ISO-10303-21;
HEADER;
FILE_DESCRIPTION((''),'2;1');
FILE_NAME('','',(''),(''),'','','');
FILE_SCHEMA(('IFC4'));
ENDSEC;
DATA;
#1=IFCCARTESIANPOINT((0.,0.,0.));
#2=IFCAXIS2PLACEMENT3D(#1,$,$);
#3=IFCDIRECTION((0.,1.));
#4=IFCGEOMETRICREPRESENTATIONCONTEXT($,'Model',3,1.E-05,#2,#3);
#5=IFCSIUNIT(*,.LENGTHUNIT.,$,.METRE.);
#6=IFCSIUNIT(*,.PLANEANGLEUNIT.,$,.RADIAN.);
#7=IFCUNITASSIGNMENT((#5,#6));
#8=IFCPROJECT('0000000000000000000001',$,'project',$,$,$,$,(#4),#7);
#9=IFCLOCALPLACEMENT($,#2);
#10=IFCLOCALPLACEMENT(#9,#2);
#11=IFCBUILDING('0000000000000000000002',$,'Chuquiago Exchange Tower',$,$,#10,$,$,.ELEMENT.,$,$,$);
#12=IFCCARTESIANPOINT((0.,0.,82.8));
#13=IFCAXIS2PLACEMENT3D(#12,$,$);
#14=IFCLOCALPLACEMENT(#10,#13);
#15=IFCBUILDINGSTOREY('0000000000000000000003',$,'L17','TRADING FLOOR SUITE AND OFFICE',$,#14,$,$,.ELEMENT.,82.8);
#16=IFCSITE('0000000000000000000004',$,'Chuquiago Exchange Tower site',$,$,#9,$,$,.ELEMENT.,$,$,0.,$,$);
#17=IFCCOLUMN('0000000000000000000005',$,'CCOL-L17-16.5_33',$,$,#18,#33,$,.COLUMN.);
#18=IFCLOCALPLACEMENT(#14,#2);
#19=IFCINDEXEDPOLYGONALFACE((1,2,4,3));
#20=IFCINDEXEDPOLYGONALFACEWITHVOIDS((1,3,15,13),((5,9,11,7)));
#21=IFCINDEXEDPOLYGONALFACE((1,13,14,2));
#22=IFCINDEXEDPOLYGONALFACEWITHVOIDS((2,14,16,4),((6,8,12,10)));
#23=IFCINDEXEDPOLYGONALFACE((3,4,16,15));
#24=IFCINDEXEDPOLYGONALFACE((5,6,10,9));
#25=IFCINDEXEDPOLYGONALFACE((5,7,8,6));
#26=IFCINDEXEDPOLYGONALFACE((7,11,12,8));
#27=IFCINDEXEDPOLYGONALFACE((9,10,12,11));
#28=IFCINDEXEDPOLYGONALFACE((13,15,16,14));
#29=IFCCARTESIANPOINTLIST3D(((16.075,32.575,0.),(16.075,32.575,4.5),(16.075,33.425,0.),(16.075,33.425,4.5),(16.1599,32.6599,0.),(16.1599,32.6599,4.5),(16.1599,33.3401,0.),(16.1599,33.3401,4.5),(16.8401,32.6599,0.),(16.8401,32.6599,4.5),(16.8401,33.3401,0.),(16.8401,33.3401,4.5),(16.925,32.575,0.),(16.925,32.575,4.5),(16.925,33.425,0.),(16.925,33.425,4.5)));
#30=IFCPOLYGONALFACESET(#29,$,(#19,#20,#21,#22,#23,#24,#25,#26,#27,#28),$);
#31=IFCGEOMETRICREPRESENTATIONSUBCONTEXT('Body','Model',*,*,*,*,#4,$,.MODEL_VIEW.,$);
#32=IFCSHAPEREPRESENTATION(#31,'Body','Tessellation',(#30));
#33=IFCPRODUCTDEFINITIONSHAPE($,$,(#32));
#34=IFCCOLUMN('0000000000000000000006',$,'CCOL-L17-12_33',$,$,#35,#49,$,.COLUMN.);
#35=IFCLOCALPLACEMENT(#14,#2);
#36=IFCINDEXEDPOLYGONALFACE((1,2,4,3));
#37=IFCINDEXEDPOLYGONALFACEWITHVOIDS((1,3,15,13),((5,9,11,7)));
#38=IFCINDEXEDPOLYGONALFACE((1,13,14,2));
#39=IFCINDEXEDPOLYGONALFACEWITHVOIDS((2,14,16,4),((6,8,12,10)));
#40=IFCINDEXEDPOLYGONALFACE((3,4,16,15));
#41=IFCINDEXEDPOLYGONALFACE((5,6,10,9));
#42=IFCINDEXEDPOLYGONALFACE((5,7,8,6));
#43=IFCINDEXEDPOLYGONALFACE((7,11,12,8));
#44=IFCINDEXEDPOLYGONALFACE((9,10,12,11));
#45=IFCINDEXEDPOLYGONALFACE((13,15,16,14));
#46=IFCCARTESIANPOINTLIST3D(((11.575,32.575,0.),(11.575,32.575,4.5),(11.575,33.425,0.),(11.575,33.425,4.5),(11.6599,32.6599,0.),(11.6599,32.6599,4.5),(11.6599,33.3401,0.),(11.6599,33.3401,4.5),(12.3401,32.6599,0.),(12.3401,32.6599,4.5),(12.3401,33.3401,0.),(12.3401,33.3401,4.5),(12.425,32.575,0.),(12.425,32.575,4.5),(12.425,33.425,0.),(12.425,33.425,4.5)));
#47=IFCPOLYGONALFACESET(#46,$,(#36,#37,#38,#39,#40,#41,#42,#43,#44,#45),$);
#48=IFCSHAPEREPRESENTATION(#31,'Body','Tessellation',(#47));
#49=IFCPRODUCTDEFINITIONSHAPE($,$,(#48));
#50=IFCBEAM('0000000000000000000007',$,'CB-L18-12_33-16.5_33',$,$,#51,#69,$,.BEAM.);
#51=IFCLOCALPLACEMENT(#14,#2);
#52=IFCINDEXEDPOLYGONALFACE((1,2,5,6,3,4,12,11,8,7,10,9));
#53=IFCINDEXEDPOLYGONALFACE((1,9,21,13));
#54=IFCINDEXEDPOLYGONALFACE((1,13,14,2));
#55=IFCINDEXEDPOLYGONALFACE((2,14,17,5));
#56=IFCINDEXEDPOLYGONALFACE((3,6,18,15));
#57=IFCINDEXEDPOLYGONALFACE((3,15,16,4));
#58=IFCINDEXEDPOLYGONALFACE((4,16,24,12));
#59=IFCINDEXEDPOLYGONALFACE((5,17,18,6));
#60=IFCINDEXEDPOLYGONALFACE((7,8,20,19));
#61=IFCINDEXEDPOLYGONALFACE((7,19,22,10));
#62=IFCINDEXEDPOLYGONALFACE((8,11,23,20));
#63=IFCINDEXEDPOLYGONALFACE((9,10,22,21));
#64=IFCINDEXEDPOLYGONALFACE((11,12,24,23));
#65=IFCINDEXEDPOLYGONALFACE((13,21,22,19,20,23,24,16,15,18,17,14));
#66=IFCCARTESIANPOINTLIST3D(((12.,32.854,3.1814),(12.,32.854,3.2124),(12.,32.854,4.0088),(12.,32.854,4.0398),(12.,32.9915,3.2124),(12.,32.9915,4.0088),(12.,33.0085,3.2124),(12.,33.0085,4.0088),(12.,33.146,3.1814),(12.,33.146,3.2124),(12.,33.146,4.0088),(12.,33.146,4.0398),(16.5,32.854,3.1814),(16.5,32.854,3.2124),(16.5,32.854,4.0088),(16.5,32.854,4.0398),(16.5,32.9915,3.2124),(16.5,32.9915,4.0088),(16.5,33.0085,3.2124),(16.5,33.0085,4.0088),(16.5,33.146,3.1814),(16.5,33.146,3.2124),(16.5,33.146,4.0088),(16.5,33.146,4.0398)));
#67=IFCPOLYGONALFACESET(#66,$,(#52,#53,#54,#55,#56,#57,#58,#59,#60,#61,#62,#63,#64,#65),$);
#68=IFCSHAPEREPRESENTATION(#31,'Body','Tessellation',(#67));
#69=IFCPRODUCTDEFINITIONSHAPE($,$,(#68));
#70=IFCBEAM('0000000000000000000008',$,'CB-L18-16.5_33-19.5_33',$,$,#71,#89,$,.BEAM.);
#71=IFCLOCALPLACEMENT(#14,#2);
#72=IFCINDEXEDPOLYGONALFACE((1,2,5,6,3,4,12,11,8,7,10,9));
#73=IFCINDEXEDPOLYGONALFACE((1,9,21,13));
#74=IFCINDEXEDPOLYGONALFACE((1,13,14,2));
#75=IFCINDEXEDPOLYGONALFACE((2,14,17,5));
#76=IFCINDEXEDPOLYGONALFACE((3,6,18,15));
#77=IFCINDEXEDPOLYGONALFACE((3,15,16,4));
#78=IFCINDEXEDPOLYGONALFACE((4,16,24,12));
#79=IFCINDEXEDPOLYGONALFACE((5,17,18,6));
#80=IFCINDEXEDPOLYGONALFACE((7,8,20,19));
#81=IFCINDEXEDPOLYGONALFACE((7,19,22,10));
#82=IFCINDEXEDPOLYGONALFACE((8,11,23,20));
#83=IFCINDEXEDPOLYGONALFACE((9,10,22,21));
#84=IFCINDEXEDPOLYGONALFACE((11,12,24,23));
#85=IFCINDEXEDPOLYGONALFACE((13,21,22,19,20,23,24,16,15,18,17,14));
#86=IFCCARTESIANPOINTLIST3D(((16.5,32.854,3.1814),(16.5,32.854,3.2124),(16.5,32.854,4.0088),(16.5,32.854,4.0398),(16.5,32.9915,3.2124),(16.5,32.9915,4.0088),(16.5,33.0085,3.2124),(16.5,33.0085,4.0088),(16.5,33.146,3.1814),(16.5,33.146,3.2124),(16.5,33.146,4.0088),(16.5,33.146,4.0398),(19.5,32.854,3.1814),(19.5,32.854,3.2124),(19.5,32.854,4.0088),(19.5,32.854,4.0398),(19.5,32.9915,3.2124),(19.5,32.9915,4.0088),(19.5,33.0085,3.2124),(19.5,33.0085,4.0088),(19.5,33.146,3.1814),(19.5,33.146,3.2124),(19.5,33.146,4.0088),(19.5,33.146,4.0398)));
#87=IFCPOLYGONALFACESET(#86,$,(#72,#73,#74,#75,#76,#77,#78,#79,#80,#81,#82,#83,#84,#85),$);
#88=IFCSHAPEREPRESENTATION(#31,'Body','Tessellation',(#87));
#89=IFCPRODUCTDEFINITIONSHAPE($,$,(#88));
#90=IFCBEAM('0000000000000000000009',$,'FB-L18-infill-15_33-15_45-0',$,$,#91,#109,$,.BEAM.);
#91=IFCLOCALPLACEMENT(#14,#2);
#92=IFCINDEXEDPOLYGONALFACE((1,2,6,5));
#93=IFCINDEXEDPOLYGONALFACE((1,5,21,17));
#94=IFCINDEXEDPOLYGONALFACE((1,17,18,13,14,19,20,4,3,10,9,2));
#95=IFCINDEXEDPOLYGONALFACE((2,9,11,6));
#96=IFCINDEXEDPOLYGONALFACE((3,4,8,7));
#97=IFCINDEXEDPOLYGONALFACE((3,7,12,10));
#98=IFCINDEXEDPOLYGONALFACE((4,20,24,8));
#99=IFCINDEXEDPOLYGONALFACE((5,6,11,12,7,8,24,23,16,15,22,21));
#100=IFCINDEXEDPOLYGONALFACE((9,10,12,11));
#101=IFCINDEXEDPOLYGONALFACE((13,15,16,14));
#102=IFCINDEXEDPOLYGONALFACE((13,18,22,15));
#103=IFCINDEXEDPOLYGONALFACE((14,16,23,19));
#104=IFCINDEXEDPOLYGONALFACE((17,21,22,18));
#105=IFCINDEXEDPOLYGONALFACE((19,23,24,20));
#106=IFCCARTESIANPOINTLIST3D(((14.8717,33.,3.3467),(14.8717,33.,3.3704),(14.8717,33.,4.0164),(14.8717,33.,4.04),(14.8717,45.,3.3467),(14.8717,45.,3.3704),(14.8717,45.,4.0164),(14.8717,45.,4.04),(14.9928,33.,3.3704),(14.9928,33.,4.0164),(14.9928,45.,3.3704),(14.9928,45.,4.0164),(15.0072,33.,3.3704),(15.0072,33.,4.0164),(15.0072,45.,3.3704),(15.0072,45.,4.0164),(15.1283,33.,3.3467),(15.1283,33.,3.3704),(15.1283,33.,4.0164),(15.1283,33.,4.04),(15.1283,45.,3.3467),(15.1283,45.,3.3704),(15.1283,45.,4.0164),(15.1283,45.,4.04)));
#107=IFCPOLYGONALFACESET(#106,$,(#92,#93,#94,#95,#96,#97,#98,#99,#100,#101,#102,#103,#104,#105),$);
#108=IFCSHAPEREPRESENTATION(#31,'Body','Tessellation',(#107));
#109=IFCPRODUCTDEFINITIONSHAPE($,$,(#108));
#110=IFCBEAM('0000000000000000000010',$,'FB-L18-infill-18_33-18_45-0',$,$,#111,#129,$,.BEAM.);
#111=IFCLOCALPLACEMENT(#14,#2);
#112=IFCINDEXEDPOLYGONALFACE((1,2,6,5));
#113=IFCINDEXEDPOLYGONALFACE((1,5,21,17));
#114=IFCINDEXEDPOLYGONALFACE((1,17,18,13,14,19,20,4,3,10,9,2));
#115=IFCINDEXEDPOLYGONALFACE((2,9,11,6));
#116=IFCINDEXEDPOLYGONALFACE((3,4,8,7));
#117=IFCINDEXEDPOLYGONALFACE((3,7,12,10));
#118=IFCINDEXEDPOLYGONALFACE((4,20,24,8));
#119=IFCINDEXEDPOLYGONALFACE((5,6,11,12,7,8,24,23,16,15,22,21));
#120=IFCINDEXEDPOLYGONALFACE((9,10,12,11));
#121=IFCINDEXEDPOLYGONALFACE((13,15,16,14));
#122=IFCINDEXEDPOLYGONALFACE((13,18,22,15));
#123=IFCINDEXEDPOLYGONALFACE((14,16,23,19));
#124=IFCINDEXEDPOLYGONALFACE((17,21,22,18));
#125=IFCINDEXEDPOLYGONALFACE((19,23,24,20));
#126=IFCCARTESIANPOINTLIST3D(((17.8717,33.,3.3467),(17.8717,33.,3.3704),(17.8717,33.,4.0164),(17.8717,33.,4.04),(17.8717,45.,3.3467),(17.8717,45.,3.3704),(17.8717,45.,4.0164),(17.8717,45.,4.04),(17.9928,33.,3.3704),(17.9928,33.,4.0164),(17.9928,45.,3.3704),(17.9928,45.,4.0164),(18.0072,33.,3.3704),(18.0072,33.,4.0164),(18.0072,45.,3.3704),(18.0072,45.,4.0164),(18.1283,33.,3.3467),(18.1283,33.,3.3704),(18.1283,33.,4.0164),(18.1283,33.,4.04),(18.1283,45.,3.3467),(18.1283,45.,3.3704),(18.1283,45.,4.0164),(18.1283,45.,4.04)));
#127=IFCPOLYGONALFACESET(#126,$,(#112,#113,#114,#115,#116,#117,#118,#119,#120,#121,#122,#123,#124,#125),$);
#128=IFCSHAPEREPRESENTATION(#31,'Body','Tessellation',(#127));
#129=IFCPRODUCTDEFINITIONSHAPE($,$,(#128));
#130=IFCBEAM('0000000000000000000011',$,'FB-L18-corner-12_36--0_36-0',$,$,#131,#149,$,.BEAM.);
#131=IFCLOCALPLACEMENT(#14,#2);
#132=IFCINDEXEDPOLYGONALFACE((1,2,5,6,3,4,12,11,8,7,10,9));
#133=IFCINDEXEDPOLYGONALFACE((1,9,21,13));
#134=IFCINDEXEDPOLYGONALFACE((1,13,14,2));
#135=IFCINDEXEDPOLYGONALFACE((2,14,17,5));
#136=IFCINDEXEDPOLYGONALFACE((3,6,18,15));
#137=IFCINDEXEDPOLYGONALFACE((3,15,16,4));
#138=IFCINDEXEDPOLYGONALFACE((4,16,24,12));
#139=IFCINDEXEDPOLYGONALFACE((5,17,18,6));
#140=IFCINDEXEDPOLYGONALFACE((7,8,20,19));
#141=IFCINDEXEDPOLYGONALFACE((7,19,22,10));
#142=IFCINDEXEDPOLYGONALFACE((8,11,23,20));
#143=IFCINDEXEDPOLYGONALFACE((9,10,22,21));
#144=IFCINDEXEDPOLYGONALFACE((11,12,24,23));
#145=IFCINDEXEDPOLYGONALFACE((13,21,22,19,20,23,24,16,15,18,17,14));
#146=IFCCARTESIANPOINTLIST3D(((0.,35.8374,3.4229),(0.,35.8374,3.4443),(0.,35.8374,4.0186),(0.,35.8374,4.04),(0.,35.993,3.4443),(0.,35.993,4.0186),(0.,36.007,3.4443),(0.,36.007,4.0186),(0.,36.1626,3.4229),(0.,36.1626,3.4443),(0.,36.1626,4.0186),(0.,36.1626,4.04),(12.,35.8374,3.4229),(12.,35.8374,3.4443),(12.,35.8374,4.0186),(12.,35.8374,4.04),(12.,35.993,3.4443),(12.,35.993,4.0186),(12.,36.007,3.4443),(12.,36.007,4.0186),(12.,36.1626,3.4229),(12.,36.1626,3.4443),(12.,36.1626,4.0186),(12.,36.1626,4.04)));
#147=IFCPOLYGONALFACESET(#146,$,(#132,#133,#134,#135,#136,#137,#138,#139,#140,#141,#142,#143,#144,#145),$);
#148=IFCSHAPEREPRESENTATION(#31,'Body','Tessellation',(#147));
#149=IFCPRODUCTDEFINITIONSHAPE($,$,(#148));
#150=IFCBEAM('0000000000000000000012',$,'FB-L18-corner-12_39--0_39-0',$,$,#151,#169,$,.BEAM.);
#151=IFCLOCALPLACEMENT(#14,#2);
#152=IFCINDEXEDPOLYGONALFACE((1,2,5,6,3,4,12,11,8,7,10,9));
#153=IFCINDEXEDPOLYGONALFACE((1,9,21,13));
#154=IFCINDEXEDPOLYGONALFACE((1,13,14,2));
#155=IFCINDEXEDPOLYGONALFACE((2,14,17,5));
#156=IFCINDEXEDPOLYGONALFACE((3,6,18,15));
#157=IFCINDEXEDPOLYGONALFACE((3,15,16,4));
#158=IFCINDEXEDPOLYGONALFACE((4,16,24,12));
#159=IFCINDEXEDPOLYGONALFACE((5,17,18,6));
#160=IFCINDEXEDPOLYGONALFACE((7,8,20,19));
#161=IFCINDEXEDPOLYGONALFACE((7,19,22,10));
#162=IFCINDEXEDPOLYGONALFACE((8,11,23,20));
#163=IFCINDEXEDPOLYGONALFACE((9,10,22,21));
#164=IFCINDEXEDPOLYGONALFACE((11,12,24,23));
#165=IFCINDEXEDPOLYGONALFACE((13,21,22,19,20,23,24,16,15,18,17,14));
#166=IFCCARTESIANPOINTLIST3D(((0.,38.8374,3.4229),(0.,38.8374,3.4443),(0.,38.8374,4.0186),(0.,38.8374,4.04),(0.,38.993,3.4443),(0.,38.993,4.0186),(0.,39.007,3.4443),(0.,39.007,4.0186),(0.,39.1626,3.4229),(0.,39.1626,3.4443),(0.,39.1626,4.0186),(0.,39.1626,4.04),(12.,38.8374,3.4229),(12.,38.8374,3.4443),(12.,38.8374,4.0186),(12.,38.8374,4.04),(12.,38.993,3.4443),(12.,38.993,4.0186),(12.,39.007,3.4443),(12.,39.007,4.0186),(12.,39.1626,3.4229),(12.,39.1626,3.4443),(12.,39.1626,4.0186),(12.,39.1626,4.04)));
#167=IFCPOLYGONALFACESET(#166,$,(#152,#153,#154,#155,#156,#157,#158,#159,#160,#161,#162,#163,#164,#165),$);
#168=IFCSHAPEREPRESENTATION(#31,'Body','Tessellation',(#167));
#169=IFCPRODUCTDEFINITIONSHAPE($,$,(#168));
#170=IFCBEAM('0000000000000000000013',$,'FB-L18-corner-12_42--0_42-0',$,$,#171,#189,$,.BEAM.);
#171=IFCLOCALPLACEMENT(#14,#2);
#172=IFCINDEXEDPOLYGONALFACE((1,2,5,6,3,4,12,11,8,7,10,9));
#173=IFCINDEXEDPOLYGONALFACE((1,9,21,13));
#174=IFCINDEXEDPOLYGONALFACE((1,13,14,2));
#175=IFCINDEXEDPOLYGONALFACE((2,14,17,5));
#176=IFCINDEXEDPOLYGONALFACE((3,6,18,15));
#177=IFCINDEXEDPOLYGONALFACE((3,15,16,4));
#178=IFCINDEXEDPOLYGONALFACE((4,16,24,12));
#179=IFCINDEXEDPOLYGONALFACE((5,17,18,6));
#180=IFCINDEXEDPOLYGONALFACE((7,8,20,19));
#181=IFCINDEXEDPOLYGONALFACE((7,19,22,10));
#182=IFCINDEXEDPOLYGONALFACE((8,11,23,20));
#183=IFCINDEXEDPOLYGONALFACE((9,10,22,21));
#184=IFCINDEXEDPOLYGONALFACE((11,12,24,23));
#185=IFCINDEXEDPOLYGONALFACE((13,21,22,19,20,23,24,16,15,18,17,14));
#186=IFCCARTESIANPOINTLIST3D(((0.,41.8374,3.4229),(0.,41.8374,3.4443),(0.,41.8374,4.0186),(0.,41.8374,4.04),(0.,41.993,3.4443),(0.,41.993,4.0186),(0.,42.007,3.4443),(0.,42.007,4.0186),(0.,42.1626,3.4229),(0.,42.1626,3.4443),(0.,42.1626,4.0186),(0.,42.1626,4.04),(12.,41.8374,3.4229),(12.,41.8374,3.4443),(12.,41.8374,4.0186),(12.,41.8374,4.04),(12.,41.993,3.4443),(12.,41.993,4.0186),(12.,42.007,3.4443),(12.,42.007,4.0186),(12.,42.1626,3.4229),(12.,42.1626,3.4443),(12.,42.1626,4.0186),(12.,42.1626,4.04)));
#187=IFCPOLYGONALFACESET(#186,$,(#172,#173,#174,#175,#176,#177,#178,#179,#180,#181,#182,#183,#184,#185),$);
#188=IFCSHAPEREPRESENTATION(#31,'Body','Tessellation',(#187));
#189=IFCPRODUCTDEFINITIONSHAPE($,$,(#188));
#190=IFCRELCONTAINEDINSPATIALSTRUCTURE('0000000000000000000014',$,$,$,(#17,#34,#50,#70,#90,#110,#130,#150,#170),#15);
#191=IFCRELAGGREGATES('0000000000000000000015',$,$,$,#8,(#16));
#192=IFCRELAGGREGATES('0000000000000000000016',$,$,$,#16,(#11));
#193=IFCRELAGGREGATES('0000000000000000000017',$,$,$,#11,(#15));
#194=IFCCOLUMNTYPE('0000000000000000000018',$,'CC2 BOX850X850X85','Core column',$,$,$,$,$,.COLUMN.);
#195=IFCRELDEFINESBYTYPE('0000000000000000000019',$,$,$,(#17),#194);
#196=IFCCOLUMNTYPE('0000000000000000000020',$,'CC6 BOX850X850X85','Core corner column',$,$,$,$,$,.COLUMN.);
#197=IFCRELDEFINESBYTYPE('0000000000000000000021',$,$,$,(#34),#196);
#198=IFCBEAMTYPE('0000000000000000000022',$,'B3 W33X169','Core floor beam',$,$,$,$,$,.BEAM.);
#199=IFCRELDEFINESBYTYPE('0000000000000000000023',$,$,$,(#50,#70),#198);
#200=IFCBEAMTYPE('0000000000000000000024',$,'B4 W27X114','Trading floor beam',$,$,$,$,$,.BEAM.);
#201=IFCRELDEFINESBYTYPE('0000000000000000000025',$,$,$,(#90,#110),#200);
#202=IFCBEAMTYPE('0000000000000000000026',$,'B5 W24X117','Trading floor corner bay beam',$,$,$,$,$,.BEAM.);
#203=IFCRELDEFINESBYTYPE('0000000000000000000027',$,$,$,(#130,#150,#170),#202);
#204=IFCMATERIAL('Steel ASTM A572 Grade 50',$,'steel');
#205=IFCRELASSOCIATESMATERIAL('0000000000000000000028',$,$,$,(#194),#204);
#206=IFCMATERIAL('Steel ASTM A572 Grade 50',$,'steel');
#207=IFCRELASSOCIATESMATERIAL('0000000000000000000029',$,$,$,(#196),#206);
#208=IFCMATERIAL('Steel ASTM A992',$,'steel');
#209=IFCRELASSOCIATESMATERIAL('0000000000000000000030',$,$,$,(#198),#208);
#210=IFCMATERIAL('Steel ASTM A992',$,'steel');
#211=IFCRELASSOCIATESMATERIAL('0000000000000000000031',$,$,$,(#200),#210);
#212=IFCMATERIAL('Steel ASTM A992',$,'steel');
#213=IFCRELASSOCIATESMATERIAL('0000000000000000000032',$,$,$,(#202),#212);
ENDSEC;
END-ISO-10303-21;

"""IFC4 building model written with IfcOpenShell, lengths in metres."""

from ifc_helpers import new_model, si_unit, direction, frame, origin, origin_2d, place, context, subcontext, project, spatial, hollow_rectangle, i_section, extrude, material, material_profile, profile_set, type_object, element, save


model = new_model("IFC4")

# Units and contexts
model_context = context("Model", 3, precision=1e-05, world=origin(), true_north=direction((0.0, 1.0)))
body_context = subcontext(model_context, "Body", "Model", "MODEL_VIEW")
ifc_project = project(units=[si_unit("LENGTHUNIT", "METRE"), si_unit("PLANEANGLEUNIT", "RADIAN")], contexts=[model_context])

# Site, building, storey
site_placement = place(None, origin())
site = spatial("IfcSite", under=ifc_project, at=site_placement, Name="Chuquiago Exchange Tower site", CompositionType="ELEMENT", RefElevation=0.0)
building_placement = place(site_placement, origin())
building = spatial("IfcBuilding", under=site, at=building_placement, Name="Chuquiago Exchange Tower", CompositionType="ELEMENT")
storey_placement = place(building_placement, frame((0.0, 0.0, 82.8)))
storey = spatial("IfcBuildingStorey", under=building, at=storey_placement, Name="L17", Description="TRADING FLOOR SUITE AND OFFICE", CompositionType="ELEMENT", Elevation=82.8)

# Columns
ifc_material_1 = material(Name="Steel ASTM A572 Grade 50", Category="steel")
ifc_material_profile_1 = material_profile(ifc_material_1, hollow_rectangle(XDim=0.8501, YDim=0.8501, WallThickness=0.085, at=origin_2d()), Name="BOX850X850X85")
ifc_profile_set_1 = profile_set([ifc_material_profile_1], Name="Steel ASTM A572 Grade 50")
column_type_1 = type_object("IfcColumnType", Name="CC2 BOX850X850X85", Description="Core column", PredefinedType="COLUMN", material=ifc_profile_set_1)
column_1_placement = place(storey_placement, frame((16.5, 33.0, 0.0), z_axis=(0.0, 0.0, 1.0), x_axis=(1.0, 0.0, 0.0)))
element("IfcColumn", 1, at=column_1_placement, inside=storey, type_object=column_type_1, Name="CCOL-L17-16.5_33", PredefinedType="COLUMN", context=body_context, shape_type="SweptSolid", body=[
    extrude(hollow_rectangle(XDim=0.8501, YDim=0.8501, WallThickness=0.085, at=origin_2d()), origin(), (0.0, 0.0, 1.0), 4.5),
])
ifc_material_2 = material(Name="Steel ASTM A572 Grade 50", Category="steel")
ifc_material_profile_2 = material_profile(ifc_material_2, hollow_rectangle(XDim=0.8501, YDim=0.8501, WallThickness=0.085, at=origin_2d()), Name="BOX850X850X85")
ifc_profile_set_2 = profile_set([ifc_material_profile_2], Name="Steel ASTM A572 Grade 50")
column_type_2 = type_object("IfcColumnType", Name="CC6 BOX850X850X85", Description="Core corner column", PredefinedType="COLUMN", material=ifc_profile_set_2)
column_2_placement = place(storey_placement, frame((12.0, 33.0, 0.0), z_axis=(0.0, 0.0, 1.0), x_axis=(1.0, 0.0, 0.0)))
element("IfcColumn", 2, at=column_2_placement, inside=storey, type_object=column_type_2, Name="CCOL-L17-12_33", PredefinedType="COLUMN", context=body_context, shape_type="SweptSolid", body=[
    extrude(hollow_rectangle(XDim=0.8501, YDim=0.8501, WallThickness=0.085, at=origin_2d()), origin(), (0.0, 0.0, 1.0), 4.5),
])

# Beams
ifc_material_3 = material(Name="Steel ASTM A992", Category="steel")
ifc_material_profile_3 = material_profile(ifc_material_3, i_section(OverallWidth=0.292, OverallDepth=0.8584, WebThickness=0.0171, FlangeThickness=0.031, at=origin_2d()), Name="W33X169")
ifc_profile_set_3 = profile_set([ifc_material_profile_3], Name="Steel ASTM A992")
beam_type_1 = type_object("IfcBeamType", Name="B3 W33X169", Description="Core floor beam", PredefinedType="BEAM", material=ifc_profile_set_3)
beam_1_placement = place(storey_placement, frame((12.0, 33.0, 3.6106), z_axis=(1.0, 0.0, 0.0), x_axis=(0.0, 1.0, 0.0)))
element("IfcBeam", 3, at=beam_1_placement, inside=storey, type_object=beam_type_1, Name="CB-L18-12_33-16.5_33", PredefinedType="BEAM", context=body_context, shape_type="SweptSolid", body=[
    extrude(i_section(OverallWidth=0.292, OverallDepth=0.8584, WebThickness=0.0171, FlangeThickness=0.031, at=origin_2d()), origin(), (0.0, 0.0, 1.0), 4.5),
])
beam_2_placement = place(storey_placement, frame((16.5, 33.0, 3.6106), z_axis=(1.0, 0.0, 0.0), x_axis=(0.0, 1.0, 0.0)))
element("IfcBeam", 4, at=beam_2_placement, inside=storey, type_object=beam_type_1, Name="CB-L18-16.5_33-19.5_33", PredefinedType="BEAM", context=body_context, shape_type="SweptSolid", body=[
    extrude(i_section(OverallWidth=0.292, OverallDepth=0.8584, WebThickness=0.0171, FlangeThickness=0.031, at=origin_2d()), origin(), (0.0, 0.0, 1.0), 3.0),
])
ifc_material_4 = material(Name="Steel ASTM A992", Category="steel")
ifc_material_profile_4 = material_profile(ifc_material_4, i_section(OverallWidth=0.2566, OverallDepth=0.6934, WebThickness=0.0144, FlangeThickness=0.0237, at=origin_2d()), Name="W27X114")
ifc_profile_set_4 = profile_set([ifc_material_profile_4], Name="Steel ASTM A992")
beam_type_2 = type_object("IfcBeamType", Name="B4 W27X114", Description="Trading floor beam", PredefinedType="BEAM", material=ifc_profile_set_4)
for number, where, z_axis, x_axis, name in (
    (5, (15.0, 33.0, 3.6934), (0.0, 1.0, 0.0), (-1.0, 0.0, 0.0), "FB-L18-infill-15_33-15_45-0"),
    (6, (18.0, 33.0, 3.6934), (0.0, 1.0, 0.0), (-1.0, 0.0, 0.0), "FB-L18-infill-18_33-18_45-0"),
):
    element("IfcBeam", number, at=place(storey_placement, frame(where, z_axis=z_axis, x_axis=x_axis)), inside=storey, type_object=beam_type_2, Name=name, PredefinedType="BEAM", context=body_context, shape_type="SweptSolid", body=[
        extrude(i_section(OverallWidth=0.2566, OverallDepth=0.6934, WebThickness=0.0144, FlangeThickness=0.0237, at=origin_2d()), origin(), (0.0, 0.0, 1.0), 12.0),
    ])
ifc_material_5 = material(Name="Steel ASTM A992", Category="steel")
ifc_material_profile_5 = material_profile(ifc_material_5, i_section(OverallWidth=0.3252, OverallDepth=0.6172, WebThickness=0.0139, FlangeThickness=0.0215, at=origin_2d()), Name="W24X117")
ifc_profile_set_5 = profile_set([ifc_material_profile_5], Name="Steel ASTM A992")
beam_type_3 = type_object("IfcBeamType", Name="B5 W24X117", Description="Trading floor corner bay beam", PredefinedType="BEAM", material=ifc_profile_set_5)
for number, where, z_axis, x_axis, name in (
    (7, (12.0, 36.0, 3.7314), (-1.0, 0.0, 0.0), (0.0, -1.0, 0.0), "FB-L18-corner-12_36--0_36-0"),
    (8, (12.0, 39.0, 3.7314), (-1.0, 0.0, 0.0), (0.0, -1.0, 0.0), "FB-L18-corner-12_39--0_39-0"),
    (9, (12.0, 42.0, 3.7314), (-1.0, 0.0, 0.0), (0.0, -1.0, 0.0), "FB-L18-corner-12_42--0_42-0"),
):
    element("IfcBeam", number, at=place(storey_placement, frame(where, z_axis=z_axis, x_axis=x_axis)), inside=storey, type_object=beam_type_3, Name=name, PredefinedType="BEAM", context=body_context, shape_type="SweptSolid", body=[
        extrude(i_section(OverallWidth=0.3252, OverallDepth=0.6172, WebThickness=0.0139, FlangeThickness=0.0215, at=origin_2d()), origin(), (0.0, 0.0, 1.0), 12.0),
    ])

save(model, "model.ifc")
